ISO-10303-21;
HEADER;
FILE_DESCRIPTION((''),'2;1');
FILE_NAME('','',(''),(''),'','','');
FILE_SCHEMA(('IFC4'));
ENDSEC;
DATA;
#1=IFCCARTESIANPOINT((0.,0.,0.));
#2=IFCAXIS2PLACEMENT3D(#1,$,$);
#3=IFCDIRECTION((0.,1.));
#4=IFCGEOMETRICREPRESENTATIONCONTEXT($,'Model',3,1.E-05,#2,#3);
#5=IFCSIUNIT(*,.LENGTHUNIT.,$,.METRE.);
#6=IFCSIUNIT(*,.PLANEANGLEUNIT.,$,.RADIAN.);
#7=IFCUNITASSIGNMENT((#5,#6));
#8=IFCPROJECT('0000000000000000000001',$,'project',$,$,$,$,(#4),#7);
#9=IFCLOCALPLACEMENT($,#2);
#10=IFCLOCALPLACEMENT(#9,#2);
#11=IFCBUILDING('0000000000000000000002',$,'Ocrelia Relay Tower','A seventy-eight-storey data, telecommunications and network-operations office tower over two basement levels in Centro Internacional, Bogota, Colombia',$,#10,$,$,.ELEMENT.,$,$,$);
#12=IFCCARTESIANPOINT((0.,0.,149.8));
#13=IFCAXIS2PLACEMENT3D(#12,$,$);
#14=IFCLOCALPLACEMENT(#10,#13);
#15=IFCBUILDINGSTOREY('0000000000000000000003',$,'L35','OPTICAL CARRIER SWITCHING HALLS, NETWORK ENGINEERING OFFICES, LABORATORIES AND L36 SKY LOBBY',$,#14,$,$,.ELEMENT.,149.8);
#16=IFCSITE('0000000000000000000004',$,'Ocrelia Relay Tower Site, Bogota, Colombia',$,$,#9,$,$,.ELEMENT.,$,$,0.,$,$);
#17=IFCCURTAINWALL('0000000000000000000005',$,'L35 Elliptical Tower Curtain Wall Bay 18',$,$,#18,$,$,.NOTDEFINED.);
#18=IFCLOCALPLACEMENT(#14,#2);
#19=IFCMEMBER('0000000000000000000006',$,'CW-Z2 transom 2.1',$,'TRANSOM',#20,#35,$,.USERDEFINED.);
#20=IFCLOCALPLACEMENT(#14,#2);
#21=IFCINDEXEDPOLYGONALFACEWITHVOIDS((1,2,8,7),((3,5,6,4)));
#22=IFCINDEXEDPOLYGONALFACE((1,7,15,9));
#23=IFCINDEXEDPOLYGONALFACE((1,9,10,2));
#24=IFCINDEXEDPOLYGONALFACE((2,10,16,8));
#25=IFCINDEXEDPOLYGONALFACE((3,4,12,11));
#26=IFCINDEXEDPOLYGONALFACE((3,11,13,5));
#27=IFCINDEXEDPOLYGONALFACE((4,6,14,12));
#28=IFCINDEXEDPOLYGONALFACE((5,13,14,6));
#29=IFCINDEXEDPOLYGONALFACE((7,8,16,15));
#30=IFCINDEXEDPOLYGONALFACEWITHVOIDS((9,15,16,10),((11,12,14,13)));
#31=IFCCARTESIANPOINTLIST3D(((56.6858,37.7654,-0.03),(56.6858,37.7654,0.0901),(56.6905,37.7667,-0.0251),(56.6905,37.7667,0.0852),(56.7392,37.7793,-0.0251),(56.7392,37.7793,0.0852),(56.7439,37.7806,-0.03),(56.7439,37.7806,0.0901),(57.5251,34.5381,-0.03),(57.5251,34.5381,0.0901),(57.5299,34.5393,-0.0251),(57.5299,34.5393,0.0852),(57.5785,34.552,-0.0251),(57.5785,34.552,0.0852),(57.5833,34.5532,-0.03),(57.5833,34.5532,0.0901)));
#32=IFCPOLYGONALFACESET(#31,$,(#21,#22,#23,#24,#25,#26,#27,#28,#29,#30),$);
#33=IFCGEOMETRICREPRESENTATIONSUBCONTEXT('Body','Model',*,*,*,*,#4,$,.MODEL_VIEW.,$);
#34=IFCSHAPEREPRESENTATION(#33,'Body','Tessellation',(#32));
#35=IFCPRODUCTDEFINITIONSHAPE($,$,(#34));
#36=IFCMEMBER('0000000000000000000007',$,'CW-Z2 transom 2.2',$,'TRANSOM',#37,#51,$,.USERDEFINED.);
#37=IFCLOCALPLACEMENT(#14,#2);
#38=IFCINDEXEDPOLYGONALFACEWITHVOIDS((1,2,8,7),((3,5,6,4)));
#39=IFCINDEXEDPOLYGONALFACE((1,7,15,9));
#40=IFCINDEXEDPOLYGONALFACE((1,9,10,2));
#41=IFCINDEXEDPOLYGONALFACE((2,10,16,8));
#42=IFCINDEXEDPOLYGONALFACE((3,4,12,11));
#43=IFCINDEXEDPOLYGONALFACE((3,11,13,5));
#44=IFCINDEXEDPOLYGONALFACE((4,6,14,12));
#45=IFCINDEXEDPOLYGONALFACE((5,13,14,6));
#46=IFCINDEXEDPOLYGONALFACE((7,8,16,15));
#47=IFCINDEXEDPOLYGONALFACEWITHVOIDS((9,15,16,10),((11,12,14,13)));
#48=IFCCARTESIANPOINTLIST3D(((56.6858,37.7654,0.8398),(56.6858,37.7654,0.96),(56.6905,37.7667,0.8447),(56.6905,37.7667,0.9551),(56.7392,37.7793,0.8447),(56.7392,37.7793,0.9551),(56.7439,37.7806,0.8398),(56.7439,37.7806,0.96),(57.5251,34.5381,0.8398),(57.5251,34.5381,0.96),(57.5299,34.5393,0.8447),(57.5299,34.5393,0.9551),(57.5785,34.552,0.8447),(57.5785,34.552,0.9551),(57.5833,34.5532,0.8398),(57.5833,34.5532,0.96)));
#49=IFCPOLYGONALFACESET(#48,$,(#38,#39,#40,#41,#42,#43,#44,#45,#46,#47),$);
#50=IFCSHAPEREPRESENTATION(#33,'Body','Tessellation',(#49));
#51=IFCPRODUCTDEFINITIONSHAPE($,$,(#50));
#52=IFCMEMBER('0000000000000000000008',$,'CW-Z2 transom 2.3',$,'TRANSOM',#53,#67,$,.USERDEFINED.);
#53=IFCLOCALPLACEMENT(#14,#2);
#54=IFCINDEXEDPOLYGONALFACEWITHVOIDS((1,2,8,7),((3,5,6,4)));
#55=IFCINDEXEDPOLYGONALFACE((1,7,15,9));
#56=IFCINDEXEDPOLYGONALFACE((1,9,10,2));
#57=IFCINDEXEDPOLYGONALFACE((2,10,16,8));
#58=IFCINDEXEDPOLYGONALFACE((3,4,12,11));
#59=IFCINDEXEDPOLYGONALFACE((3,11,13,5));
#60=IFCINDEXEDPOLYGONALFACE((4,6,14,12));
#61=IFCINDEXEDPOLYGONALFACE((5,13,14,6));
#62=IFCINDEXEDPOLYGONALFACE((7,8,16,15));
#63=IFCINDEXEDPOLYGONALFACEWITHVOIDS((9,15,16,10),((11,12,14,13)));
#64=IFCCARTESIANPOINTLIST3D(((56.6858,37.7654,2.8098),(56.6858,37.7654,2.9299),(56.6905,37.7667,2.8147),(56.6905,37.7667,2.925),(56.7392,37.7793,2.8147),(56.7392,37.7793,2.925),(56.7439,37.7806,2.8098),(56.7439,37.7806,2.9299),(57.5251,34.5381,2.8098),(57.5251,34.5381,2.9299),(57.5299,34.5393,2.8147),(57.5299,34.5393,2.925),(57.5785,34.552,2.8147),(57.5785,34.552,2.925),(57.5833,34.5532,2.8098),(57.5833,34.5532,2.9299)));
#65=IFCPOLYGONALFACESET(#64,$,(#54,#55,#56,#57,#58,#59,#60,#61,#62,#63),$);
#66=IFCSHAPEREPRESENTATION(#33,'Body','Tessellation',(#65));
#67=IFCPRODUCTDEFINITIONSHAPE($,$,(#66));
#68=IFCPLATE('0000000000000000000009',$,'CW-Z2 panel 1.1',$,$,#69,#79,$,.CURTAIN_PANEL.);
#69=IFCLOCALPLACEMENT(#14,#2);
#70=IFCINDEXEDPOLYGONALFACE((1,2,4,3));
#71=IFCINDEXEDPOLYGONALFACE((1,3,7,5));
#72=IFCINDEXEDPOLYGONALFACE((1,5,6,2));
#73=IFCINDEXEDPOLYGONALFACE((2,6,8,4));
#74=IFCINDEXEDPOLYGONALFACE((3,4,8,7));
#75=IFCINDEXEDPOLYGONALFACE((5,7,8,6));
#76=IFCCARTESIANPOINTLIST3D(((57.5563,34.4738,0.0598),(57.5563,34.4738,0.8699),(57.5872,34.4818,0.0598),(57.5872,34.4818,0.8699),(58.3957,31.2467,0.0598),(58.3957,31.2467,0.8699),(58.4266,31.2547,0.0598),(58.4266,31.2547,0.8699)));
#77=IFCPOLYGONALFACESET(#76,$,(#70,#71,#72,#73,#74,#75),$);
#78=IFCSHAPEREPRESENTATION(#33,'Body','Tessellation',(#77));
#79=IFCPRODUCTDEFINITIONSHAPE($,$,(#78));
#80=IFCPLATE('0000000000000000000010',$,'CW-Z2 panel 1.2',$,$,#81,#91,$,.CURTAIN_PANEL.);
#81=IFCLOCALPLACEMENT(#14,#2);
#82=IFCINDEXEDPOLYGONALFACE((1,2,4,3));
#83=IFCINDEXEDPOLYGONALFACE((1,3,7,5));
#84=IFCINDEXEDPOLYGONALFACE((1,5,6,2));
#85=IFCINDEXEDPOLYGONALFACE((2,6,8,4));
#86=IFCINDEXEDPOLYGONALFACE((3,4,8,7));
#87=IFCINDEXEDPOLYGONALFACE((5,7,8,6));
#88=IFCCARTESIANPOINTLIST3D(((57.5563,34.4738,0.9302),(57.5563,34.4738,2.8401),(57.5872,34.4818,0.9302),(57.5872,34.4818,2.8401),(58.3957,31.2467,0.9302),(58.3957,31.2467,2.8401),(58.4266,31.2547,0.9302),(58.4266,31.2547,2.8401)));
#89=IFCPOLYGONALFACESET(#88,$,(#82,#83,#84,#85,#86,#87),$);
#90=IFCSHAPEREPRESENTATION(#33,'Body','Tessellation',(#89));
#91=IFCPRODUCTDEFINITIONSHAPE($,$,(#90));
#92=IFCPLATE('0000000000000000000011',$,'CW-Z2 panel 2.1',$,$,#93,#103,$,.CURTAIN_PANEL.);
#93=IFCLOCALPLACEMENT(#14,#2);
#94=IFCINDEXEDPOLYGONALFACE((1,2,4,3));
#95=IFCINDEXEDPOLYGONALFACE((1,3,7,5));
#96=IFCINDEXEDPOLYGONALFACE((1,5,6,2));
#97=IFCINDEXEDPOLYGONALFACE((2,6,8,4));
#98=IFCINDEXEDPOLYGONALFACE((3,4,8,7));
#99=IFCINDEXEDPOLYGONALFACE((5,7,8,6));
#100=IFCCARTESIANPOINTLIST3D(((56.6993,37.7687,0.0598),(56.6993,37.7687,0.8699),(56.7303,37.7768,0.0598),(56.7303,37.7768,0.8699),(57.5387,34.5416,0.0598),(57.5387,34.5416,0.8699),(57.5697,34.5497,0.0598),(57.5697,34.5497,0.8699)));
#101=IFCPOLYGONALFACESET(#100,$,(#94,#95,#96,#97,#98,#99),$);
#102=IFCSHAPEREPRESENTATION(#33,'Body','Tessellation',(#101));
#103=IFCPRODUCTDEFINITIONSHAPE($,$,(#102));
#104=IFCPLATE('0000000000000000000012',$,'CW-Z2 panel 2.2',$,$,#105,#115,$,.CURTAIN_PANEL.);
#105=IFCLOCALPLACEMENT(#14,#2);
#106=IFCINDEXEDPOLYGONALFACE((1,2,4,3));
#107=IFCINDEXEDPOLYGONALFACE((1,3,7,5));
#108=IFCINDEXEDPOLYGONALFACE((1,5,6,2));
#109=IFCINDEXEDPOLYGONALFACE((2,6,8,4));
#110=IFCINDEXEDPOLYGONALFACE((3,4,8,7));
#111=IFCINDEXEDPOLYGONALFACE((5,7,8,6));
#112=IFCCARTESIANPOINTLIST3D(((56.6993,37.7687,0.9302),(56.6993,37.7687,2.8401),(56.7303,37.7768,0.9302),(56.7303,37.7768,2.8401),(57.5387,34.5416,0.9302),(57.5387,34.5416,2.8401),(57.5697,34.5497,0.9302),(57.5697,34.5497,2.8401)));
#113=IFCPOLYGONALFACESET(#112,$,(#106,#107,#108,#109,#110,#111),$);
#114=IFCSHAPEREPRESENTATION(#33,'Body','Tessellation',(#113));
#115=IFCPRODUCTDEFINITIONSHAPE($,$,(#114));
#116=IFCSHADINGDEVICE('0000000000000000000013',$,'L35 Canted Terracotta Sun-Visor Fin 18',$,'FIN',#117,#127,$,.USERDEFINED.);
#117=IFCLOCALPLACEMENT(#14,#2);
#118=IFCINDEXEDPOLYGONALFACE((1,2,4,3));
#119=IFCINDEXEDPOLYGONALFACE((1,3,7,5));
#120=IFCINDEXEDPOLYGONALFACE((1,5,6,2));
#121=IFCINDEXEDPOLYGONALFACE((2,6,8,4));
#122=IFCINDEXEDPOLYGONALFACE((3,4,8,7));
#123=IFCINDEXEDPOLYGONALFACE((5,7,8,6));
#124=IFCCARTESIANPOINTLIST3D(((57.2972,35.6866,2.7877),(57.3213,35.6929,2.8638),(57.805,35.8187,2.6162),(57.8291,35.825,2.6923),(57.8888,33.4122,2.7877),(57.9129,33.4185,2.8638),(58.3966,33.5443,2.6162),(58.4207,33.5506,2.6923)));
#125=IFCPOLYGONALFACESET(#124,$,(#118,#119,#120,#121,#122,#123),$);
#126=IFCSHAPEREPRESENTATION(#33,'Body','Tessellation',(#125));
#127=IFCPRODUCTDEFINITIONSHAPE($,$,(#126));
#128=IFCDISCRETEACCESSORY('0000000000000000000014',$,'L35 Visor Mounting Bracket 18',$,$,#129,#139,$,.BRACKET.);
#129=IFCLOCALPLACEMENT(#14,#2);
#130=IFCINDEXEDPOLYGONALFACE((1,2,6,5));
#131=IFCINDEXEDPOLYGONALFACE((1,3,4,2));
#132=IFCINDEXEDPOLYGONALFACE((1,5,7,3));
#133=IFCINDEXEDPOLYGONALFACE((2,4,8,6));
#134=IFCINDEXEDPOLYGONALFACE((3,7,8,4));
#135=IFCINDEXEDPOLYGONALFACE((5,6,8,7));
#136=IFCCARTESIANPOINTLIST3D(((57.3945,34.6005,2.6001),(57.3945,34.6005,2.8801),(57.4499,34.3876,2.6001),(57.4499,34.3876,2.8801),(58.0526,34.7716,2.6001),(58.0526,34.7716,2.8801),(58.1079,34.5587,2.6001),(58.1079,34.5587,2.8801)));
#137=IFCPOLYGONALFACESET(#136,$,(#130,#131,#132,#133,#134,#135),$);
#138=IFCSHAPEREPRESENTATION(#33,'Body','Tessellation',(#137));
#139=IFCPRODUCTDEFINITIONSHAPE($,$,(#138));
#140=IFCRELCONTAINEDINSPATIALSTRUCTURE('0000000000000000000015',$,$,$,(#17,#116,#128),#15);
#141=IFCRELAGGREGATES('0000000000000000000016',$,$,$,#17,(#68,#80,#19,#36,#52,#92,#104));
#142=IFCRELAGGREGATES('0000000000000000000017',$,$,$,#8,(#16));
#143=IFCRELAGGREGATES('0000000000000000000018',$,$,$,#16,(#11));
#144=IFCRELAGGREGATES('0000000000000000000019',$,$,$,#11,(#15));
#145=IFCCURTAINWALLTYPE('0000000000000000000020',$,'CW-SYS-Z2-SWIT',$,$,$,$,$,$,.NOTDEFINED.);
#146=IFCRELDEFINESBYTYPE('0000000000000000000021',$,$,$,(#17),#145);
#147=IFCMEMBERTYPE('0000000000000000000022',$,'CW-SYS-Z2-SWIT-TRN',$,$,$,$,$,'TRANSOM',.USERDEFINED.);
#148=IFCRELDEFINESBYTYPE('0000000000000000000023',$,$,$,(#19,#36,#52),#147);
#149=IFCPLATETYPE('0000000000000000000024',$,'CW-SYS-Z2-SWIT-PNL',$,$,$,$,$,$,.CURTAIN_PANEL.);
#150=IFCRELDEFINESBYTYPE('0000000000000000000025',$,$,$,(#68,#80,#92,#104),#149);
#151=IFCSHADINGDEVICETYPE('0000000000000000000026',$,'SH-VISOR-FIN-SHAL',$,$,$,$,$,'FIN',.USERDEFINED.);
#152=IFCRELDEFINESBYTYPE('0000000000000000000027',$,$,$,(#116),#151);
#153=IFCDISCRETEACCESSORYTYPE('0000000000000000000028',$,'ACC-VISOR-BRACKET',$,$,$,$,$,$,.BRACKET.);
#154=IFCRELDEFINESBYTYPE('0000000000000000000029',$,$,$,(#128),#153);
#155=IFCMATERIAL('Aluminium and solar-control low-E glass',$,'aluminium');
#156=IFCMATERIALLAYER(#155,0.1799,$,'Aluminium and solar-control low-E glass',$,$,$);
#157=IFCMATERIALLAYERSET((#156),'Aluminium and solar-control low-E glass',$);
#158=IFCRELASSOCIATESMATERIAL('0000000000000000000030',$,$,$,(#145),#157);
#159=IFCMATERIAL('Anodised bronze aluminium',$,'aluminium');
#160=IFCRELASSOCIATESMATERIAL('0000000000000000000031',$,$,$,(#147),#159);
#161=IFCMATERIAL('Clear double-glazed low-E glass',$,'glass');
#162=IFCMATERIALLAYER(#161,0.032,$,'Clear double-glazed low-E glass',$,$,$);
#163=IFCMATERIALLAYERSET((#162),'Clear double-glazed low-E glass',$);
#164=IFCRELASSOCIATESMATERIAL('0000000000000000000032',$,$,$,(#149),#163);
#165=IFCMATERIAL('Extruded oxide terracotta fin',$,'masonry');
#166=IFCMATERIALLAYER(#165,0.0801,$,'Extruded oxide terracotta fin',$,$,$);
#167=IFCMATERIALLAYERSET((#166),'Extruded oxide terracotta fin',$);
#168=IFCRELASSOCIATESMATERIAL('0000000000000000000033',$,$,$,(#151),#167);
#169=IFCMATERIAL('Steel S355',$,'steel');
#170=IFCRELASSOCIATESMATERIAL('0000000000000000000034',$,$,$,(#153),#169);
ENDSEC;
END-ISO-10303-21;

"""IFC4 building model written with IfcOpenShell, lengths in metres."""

from ifc_helpers import new_model, si_unit, direction, frame, origin, origin_2d, place, context, subcontext, project, spatial, rectangle, hollow_rectangle, extrude, material, layer, layer_set, material_profile, profile_set, type_object, element, aggregate, save


model = new_model("IFC4")

# Units and contexts
model_context = context("Model", 3, precision=1e-05, world=origin(), true_north=direction((0.0, 1.0)))
body_context = subcontext(model_context, "Body", "Model", "MODEL_VIEW")
ifc_project = project(units=[si_unit("LENGTHUNIT", "METRE"), si_unit("PLANEANGLEUNIT", "RADIAN")], contexts=[model_context])

# Site, building, storey
site_placement = place(None, origin())
site = spatial("IfcSite", under=ifc_project, at=site_placement, Name="Ocrelia Relay Tower Site, Bogota, Colombia", CompositionType="ELEMENT", RefElevation=0.0)
building_placement = place(site_placement, origin())
building = spatial("IfcBuilding", under=site, at=building_placement, Name="Ocrelia Relay Tower", Description="A seventy-eight-storey data, telecommunications and network-operations office tower over two basement levels in Centro Internacional, Bogota, Colombia", CompositionType="ELEMENT")
storey_placement = place(building_placement, frame((0.0, 0.0, 149.8)))
storey = spatial("IfcBuildingStorey", under=building, at=storey_placement, Name="L35", Description="OPTICAL CARRIER SWITCHING HALLS, NETWORK ENGINEERING OFFICES, LABORATORIES AND L36 SKY LOBBY", CompositionType="ELEMENT", Elevation=149.8)

# Shared definitions
ifc_material_1 = material(Name="Steel S355", Category="steel")

# Curtain wall, members, plates
ifc_material_2 = material(Name="Aluminium and solar-control low-E glass", Category="aluminium")
ifc_layer_1 = layer(ifc_material_2, 0.1799, Name="Aluminium and solar-control low-E glass")
ifc_layer_set_1 = layer_set([ifc_layer_1], Name="Aluminium and solar-control low-E glass")
curtain_wall_type = type_object("IfcCurtainWallType", Name="CW-SYS-Z2-SWIT", PredefinedType="NOTDEFINED", material=ifc_layer_set_1)
curtain_wall_placement = place(storey_placement, origin())
curtain_wall = element("IfcCurtainWall", 1, at=curtain_wall_placement, inside=storey, type_object=curtain_wall_type, Name="L35 Elliptical Tower Curtain Wall Bay 18", PredefinedType="NOTDEFINED")
ifc_material_3 = material(Name="Anodised bronze aluminium", Category="aluminium")
ifc_material_profile_1 = material_profile(ifc_material_3, hollow_rectangle(XDim=0.0601, YDim=0.1201, WallThickness=0.0049, at=origin_2d()), Name="CW-TRN-120x60")
ifc_profile_set_1 = profile_set([ifc_material_profile_1], Name="Anodised bronze aluminium")
member_type_1 = type_object("IfcMemberType", Name="CW-SYS-Z2-SWIT-TRN", ElementType="TRANSOM", PredefinedType="USERDEFINED", material=ifc_profile_set_1)
member_1_placement = place(storey_placement, frame((57.5542, 34.5457, 0.03), z_axis=(-0.251707, 0.967804, 0.0), x_axis=(-0.967804, -0.251707, 0.0)))
member_1 = element("IfcMember", 2, at=member_1_placement, type_object=member_type_1, Name="CW-Z2 transom 2.1", ObjectType="TRANSOM", PredefinedType="USERDEFINED", context=body_context, shape_type="SweptSolid", body=[
    extrude(hollow_rectangle(XDim=0.0601, YDim=0.1201, WallThickness=0.0049, at=origin_2d()), origin(), (0.0, 0.0, 1.0), 3.3347),
])
member_2_placement = place(storey_placement, frame((57.5542, 34.5457, 0.8999), z_axis=(-0.251707, 0.967804, 0.0), x_axis=(-0.967804, -0.251707, 0.0)))
member_2 = element("IfcMember", 3, at=member_2_placement, type_object=member_type_1, Name="CW-Z2 transom 2.2", ObjectType="TRANSOM", PredefinedType="USERDEFINED", context=body_context, shape_type="SweptSolid", body=[
    extrude(hollow_rectangle(XDim=0.0601, YDim=0.1201, WallThickness=0.0049, at=origin_2d()), origin(), (0.0, 0.0, 1.0), 3.3347),
])
member_3_placement = place(storey_placement, frame((57.5542, 34.5457, 2.8699), z_axis=(-0.251707, 0.967804, 0.0), x_axis=(-0.967804, -0.251707, 0.0)))
member_3 = element("IfcMember", 4, at=member_3_placement, type_object=member_type_1, Name="CW-Z2 transom 2.3", ObjectType="TRANSOM", PredefinedType="USERDEFINED", context=body_context, shape_type="SweptSolid", body=[
    extrude(hollow_rectangle(XDim=0.0601, YDim=0.1201, WallThickness=0.0049, at=origin_2d()), origin(), (0.0, 0.0, 1.0), 3.3347),
])
ifc_material_4 = material(Name="Clear double-glazed low-E glass", Category="glass")
ifc_layer_2 = layer(ifc_material_4, 0.032, Name="Clear double-glazed low-E glass")
ifc_layer_set_2 = layer_set([ifc_layer_2], Name="Clear double-glazed low-E glass")
plate_type = type_object("IfcPlateType", Name="CW-SYS-Z2-SWIT-PNL", PredefinedType="CURTAIN_PANEL", material=ifc_layer_set_2)
plate_1_placement = place(storey_placement, frame((57.9915, 32.8643, 0.0598), z_axis=(0.0, 0.0, 1.0), x_axis=(-0.251732, 0.967797, 0.0)))
plate_1 = element("IfcPlate", 5, at=plate_1_placement, type_object=plate_type, Name="CW-Z2 panel 1.1", PredefinedType="CURTAIN_PANEL", context=body_context, shape_type="SweptSolid", body=[
    extrude(rectangle(XDim=3.3345, YDim=0.032, at=origin_2d()), origin(), (0.0, 0.0, 1.0), 0.8101),
])
plate_2_placement = place(storey_placement, frame((57.9915, 32.8643, 0.9302), z_axis=(0.0, 0.0, 1.0), x_axis=(-0.251732, 0.967797, 0.0)))
plate_2 = element("IfcPlate", 6, at=plate_2_placement, type_object=plate_type, Name="CW-Z2 panel 1.2", PredefinedType="CURTAIN_PANEL", context=body_context, shape_type="SweptSolid", body=[
    extrude(rectangle(XDim=3.3345, YDim=0.032, at=origin_2d()), origin(), (0.0, 0.0, 1.0), 1.9099),
])
plate_3_placement = place(storey_placement, frame((57.1345, 36.1592, 0.0598), z_axis=(0.0, 0.0, 1.0), x_axis=(-0.251732, 0.967797, 0.0)))
plate_3 = element("IfcPlate", 7, at=plate_3_placement, type_object=plate_type, Name="CW-Z2 panel 2.1", PredefinedType="CURTAIN_PANEL", context=body_context, shape_type="SweptSolid", body=[
    extrude(rectangle(XDim=3.3345, YDim=0.032, at=origin_2d()), origin(), (0.0, 0.0, 1.0), 0.8101),
])
plate_4_placement = place(storey_placement, frame((57.1345, 36.1592, 0.9302), z_axis=(0.0, 0.0, 1.0), x_axis=(-0.251732, 0.967797, 0.0)))
plate_4 = element("IfcPlate", 8, at=plate_4_placement, type_object=plate_type, Name="CW-Z2 panel 2.2", PredefinedType="CURTAIN_PANEL", context=body_context, shape_type="SweptSolid", body=[
    extrude(rectangle(XDim=3.3345, YDim=0.032, at=origin_2d()), origin(), (0.0, 0.0, 1.0), 1.9099),
])
aggregate(curtain_wall, [plate_1, plate_2, member_1, member_2, member_3, plate_3, plate_4])

# Shading device
ifc_material_5 = material(Name="Extruded oxide terracotta fin", Category="masonry")
ifc_layer_3 = layer(ifc_material_5, 0.0801, Name="Extruded oxide terracotta fin")
ifc_layer_set_3 = layer_set([ifc_layer_3], Name="Extruded oxide terracotta fin")
shading_device_type = type_object("IfcShadingDeviceType", Name="SH-VISOR-FIN-SHAL", ElementType="FIN", PredefinedType="USERDEFINED", material=ifc_layer_set_3)
shading_device_placement = place(storey_placement, frame((57.8469, 34.6155, 2.7019), z_axis=(0.300672, 0.078207, 0.950516), x_axis=(-0.251732, 0.967797, 0.0)))
element("IfcShadingDevice", 9, at=shading_device_placement, inside=storey, type_object=shading_device_type, Name="L35 Canted Terracotta Sun-Visor Fin 18", ObjectType="FIN", PredefinedType="USERDEFINED", context=body_context, shape_type="SweptSolid", body=[
    extrude(rectangle(XDim=2.3501, YDim=0.552, at=origin_2d()), origin(), (0.0, 0.0, 1.0), 0.0801),
])

# Discrete accessory
discrete_accessory_type = type_object("IfcDiscreteAccessoryType", Name="ACC-VISOR-BRACKET", PredefinedType="BRACKET", material=ifc_material_1)
discrete_accessory_placement = place(storey_placement, frame((57.7512, 34.5796, 2.6001), z_axis=(0.0, 0.0, 1.0), x_axis=(-0.251732, 0.967797, 0.0)))
element("IfcDiscreteAccessory", 10, at=discrete_accessory_placement, inside=storey, type_object=discrete_accessory_type, Name="L35 Visor Mounting Bracket 18", PredefinedType="BRACKET", context=body_context, shape_type="SweptSolid", body=[
    extrude(rectangle(XDim=0.22, YDim=0.6799, at=origin_2d()), origin(), (0.0, 0.0, 1.0), 0.28),
])

save(model, "model.ifc")
